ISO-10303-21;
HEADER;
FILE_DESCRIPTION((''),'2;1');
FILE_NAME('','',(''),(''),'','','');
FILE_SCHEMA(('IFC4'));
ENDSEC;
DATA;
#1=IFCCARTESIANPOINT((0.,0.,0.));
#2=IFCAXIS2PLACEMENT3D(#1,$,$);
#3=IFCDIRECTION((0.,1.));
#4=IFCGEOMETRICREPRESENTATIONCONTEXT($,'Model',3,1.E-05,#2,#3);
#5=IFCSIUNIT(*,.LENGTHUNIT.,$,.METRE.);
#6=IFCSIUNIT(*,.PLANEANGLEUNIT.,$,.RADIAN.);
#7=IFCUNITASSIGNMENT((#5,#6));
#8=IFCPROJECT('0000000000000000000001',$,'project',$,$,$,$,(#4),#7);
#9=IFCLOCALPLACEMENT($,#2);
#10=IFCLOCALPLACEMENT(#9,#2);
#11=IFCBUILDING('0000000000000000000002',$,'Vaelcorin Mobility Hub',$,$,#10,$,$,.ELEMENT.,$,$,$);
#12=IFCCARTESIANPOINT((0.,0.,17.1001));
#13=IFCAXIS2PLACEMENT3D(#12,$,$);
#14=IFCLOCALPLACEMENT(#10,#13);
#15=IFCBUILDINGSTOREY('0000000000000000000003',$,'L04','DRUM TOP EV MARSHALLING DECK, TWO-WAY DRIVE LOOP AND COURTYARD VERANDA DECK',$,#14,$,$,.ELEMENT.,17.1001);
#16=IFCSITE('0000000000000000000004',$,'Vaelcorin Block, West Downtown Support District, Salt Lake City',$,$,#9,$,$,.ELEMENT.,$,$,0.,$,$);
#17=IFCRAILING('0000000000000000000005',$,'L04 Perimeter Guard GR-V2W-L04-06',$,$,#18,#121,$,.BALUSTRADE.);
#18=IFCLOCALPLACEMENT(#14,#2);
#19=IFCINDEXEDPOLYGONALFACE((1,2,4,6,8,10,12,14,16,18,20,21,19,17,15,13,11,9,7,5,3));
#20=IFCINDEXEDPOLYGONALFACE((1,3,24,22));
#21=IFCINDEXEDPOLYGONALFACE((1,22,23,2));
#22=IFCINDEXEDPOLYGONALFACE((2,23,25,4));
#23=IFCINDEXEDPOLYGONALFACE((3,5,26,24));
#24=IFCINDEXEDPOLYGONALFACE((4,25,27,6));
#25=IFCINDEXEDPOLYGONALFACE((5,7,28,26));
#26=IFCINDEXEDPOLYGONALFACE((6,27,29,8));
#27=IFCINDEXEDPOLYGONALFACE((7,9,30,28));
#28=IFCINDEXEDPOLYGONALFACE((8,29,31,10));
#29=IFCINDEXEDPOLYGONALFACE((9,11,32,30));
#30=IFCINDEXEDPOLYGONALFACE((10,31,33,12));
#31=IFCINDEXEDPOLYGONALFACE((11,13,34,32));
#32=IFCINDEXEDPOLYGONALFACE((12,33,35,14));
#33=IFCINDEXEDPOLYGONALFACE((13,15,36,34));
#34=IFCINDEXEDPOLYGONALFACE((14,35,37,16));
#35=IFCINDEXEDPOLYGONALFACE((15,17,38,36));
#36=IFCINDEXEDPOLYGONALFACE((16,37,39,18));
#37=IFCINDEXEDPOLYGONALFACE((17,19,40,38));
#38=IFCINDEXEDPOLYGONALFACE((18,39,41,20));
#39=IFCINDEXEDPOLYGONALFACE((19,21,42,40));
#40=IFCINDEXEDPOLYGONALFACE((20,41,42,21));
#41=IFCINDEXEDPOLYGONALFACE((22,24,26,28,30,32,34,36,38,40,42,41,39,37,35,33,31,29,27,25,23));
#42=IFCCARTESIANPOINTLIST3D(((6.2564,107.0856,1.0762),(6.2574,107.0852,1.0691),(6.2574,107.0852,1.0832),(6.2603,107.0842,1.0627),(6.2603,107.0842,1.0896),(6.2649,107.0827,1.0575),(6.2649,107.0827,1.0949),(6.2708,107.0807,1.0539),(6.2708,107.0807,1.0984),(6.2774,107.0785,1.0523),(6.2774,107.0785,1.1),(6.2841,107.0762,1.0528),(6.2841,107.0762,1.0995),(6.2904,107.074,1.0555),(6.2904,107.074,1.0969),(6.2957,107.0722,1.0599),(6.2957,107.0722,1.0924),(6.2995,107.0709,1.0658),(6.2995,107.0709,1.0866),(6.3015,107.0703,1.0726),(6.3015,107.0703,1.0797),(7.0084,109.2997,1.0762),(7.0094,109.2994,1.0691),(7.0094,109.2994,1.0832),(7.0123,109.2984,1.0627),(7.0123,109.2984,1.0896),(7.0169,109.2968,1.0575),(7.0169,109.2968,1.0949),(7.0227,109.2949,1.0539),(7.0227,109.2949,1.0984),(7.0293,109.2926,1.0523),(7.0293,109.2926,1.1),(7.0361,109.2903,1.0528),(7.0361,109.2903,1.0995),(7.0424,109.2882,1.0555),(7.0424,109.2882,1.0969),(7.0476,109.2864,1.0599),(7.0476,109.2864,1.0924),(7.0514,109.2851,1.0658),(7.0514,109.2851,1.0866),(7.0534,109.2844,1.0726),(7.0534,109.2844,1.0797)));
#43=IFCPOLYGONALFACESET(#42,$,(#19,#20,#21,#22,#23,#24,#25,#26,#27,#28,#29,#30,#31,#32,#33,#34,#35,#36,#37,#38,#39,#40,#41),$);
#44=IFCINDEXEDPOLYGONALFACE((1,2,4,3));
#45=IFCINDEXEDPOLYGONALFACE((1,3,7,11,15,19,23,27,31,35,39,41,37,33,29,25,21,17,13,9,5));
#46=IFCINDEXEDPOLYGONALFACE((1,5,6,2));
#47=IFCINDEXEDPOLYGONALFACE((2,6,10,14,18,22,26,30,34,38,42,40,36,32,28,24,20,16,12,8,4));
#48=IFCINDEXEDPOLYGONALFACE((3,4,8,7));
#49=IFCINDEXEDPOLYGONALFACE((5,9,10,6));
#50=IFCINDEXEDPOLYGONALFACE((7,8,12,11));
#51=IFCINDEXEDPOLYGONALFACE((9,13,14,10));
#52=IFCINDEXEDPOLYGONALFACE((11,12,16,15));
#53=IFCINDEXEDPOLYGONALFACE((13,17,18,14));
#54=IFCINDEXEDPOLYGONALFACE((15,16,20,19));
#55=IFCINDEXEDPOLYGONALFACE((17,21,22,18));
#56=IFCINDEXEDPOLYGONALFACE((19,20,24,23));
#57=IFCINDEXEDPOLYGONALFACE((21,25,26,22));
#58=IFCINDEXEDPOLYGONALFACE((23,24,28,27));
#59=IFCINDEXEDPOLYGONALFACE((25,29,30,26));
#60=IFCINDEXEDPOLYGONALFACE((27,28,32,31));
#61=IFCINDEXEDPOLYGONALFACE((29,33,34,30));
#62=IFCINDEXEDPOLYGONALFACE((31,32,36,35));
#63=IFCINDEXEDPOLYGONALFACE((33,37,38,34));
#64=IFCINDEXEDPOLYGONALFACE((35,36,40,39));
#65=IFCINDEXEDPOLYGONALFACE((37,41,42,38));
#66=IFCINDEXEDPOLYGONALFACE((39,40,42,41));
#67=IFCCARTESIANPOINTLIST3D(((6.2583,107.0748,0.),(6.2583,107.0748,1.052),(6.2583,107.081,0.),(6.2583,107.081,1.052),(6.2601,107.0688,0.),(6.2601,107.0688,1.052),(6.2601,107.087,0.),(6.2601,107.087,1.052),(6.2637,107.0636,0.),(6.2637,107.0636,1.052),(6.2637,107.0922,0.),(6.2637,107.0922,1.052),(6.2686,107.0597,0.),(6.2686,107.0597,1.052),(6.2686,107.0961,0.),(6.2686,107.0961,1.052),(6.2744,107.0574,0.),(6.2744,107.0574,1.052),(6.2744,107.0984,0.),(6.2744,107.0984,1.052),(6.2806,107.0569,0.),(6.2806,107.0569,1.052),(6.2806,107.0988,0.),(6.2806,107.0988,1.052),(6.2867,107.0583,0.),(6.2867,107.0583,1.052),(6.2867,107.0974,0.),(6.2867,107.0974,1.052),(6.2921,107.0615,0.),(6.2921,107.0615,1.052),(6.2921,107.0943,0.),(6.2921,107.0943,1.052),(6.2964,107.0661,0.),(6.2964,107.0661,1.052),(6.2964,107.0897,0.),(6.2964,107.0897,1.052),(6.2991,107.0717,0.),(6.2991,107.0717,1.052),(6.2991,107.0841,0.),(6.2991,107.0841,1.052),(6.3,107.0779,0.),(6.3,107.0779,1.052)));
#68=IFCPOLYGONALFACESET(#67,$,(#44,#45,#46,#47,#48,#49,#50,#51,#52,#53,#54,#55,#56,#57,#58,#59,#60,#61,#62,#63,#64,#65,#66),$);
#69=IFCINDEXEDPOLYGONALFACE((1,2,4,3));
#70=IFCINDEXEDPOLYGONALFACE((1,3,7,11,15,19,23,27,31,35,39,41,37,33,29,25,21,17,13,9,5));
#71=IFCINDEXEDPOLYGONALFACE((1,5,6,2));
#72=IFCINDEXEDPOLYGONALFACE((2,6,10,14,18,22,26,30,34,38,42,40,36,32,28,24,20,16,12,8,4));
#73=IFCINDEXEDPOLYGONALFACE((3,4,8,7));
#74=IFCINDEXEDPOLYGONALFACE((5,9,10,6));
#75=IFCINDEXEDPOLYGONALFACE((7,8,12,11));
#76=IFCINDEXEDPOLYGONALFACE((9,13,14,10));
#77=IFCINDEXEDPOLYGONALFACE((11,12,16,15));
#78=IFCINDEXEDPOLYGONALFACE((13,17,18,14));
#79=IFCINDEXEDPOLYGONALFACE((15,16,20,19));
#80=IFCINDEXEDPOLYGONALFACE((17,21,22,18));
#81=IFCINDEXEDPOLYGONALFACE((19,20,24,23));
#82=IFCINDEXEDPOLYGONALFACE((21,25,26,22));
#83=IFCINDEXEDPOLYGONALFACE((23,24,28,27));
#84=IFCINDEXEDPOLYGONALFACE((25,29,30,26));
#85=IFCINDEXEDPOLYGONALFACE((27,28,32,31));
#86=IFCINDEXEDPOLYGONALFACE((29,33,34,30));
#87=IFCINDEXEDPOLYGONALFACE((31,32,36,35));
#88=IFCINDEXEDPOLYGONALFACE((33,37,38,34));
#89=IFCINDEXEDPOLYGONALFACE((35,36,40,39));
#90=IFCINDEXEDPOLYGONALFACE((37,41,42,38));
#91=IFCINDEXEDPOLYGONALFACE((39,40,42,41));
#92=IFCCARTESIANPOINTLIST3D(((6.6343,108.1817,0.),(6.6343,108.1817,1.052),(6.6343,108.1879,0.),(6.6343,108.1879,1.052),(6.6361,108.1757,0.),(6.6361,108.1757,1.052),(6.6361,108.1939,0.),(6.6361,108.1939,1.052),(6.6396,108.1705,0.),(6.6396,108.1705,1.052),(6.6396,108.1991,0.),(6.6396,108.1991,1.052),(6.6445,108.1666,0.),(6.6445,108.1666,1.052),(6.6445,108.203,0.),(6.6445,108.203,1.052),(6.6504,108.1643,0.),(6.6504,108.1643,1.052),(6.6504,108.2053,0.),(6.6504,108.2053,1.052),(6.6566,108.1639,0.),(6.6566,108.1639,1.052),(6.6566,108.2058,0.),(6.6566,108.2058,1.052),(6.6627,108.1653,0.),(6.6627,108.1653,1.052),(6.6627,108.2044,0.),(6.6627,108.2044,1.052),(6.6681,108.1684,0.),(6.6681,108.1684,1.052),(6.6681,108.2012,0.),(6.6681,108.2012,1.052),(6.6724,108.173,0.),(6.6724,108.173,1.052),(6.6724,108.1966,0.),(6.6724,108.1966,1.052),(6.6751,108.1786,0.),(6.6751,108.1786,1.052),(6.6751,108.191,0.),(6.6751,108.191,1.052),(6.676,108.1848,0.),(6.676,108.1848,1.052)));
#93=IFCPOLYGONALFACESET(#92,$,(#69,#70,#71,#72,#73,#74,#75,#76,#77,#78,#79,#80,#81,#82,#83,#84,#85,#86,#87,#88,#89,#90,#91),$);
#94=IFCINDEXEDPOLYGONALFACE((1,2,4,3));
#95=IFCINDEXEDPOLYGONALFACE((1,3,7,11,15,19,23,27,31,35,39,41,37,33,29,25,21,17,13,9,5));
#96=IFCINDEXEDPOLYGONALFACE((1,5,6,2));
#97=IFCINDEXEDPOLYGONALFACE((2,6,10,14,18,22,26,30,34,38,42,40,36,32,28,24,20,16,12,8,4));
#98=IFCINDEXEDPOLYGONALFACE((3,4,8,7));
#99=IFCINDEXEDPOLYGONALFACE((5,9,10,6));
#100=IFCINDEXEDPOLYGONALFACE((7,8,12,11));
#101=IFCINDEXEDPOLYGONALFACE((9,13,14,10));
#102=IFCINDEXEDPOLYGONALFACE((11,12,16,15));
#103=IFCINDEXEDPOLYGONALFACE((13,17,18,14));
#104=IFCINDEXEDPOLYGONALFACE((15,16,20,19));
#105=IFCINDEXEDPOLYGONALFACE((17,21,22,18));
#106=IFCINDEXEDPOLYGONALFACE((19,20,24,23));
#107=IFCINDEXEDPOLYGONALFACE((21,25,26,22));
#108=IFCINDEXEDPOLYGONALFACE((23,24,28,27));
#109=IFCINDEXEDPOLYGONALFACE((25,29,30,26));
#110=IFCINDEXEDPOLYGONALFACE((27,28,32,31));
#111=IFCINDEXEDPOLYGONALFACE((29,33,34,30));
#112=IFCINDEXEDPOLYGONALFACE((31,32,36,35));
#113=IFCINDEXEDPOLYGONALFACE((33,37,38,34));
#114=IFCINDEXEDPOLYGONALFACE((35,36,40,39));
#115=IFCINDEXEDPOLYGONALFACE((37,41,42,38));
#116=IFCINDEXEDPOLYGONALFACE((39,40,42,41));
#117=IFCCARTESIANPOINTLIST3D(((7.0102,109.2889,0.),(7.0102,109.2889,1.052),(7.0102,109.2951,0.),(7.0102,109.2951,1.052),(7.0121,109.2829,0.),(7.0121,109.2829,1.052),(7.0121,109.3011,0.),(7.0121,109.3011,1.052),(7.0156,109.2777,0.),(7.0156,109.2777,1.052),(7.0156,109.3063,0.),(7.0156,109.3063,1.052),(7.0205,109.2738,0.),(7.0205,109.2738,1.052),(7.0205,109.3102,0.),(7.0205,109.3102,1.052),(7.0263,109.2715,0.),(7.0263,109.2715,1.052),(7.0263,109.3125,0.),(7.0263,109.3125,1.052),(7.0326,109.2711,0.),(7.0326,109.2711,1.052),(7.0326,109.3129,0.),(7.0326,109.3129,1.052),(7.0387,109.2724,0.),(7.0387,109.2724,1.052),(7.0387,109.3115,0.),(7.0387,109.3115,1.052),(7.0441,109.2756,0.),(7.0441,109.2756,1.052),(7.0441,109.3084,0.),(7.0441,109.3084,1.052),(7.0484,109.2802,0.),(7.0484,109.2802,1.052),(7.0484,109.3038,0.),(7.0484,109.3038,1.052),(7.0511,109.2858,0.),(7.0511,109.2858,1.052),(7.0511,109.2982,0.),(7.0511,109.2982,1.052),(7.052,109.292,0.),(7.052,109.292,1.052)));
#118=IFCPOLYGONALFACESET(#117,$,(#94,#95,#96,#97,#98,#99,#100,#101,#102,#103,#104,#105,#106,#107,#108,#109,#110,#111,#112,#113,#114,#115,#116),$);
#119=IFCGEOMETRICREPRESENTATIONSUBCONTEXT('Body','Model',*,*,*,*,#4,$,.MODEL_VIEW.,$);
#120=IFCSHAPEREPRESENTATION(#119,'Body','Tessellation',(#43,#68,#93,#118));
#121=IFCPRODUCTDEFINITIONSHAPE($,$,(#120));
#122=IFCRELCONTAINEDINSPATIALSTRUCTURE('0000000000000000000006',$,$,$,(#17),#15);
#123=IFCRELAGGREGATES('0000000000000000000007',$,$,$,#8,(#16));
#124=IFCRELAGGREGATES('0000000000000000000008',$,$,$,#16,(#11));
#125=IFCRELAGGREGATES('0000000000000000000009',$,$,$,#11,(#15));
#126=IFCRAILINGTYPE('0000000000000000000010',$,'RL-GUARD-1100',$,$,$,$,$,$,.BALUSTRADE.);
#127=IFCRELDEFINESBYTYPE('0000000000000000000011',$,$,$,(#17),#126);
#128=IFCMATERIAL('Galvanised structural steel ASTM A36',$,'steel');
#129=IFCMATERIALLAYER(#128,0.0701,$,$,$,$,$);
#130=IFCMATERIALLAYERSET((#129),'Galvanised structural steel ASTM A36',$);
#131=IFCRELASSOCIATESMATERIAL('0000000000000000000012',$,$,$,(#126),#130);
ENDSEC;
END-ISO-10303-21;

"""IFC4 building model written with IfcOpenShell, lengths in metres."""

from ifc_helpers import new_model, si_unit, direction, frame, origin, origin_2d, place, context, subcontext, project, spatial, circle, extrude, material, layer, layer_set, type_object, element, save


model = new_model("IFC4")

# Units and contexts
model_context = context("Model", 3, precision=1e-05, world=origin(), true_north=direction((0.0, 1.0)))
body_context = subcontext(model_context, "Body", "Model", "MODEL_VIEW")
ifc_project = project(units=[si_unit("LENGTHUNIT", "METRE"), si_unit("PLANEANGLEUNIT", "RADIAN")], contexts=[model_context])

# Site, building, storey
site_placement = place(None, origin())
site = spatial("IfcSite", under=ifc_project, at=site_placement, Name="Vaelcorin Block, West Downtown Support District, Salt Lake City", CompositionType="ELEMENT", RefElevation=0.0)
building_placement = place(site_placement, origin())
building = spatial("IfcBuilding", under=site, at=building_placement, Name="Vaelcorin Mobility Hub", CompositionType="ELEMENT")
storey_placement = place(building_placement, frame((0.0, 0.0, 17.1001)))
storey = spatial("IfcBuildingStorey", under=building, at=storey_placement, Name="L04", Description="DRUM TOP EV MARSHALLING DECK, TWO-WAY DRIVE LOOP AND COURTYARD VERANDA DECK", CompositionType="ELEMENT", Elevation=17.1001)

# Railing
ifc_material_1 = material(Name="Galvanised structural steel ASTM A36", Category="steel")
ifc_layer_1 = layer(ifc_material_1, 0.0701)
ifc_layer_set_1 = layer_set([ifc_layer_1], Name="Galvanised structural steel ASTM A36")
railing_type = type_object("IfcRailingType", Name="RL-GUARD-1100", PredefinedType="BALUSTRADE", material=ifc_layer_set_1)
railing_1_placement = place(storey_placement, frame((6.2791, 107.0779, 0.0)))
element("IfcRailing", 1, at=railing_1_placement, inside=storey, type_object=railing_type, Name="L04 Perimeter Guard GR-V2W-L04-06", PredefinedType="BALUSTRADE", context=body_context, shape_type="SweptSolid", body=[
    extrude(circle(Radius=0.0239, at=origin_2d()), frame((0.0, 0.0, 1.0762), z_axis=(0.321579, 0.946883, 0.0), x_axis=(-0.946883, 0.321579, 0.0)), (0.0, 0.0, 1.0), 2.3384),
    extrude(circle(Radius=0.021, at=origin_2d()), origin(), (0.0, 0.0, 1.0), 1.052),
    extrude(circle(Radius=0.021, at=origin_2d()), frame((0.376, 1.1069, 0.0)), (0.0, 0.0, 1.0), 1.052),
    extrude(circle(Radius=0.021, at=origin_2d()), frame((0.752, 2.2141, 0.0)), (0.0, 0.0, 1.0), 1.052),
])

save(model, "model.ifc")
